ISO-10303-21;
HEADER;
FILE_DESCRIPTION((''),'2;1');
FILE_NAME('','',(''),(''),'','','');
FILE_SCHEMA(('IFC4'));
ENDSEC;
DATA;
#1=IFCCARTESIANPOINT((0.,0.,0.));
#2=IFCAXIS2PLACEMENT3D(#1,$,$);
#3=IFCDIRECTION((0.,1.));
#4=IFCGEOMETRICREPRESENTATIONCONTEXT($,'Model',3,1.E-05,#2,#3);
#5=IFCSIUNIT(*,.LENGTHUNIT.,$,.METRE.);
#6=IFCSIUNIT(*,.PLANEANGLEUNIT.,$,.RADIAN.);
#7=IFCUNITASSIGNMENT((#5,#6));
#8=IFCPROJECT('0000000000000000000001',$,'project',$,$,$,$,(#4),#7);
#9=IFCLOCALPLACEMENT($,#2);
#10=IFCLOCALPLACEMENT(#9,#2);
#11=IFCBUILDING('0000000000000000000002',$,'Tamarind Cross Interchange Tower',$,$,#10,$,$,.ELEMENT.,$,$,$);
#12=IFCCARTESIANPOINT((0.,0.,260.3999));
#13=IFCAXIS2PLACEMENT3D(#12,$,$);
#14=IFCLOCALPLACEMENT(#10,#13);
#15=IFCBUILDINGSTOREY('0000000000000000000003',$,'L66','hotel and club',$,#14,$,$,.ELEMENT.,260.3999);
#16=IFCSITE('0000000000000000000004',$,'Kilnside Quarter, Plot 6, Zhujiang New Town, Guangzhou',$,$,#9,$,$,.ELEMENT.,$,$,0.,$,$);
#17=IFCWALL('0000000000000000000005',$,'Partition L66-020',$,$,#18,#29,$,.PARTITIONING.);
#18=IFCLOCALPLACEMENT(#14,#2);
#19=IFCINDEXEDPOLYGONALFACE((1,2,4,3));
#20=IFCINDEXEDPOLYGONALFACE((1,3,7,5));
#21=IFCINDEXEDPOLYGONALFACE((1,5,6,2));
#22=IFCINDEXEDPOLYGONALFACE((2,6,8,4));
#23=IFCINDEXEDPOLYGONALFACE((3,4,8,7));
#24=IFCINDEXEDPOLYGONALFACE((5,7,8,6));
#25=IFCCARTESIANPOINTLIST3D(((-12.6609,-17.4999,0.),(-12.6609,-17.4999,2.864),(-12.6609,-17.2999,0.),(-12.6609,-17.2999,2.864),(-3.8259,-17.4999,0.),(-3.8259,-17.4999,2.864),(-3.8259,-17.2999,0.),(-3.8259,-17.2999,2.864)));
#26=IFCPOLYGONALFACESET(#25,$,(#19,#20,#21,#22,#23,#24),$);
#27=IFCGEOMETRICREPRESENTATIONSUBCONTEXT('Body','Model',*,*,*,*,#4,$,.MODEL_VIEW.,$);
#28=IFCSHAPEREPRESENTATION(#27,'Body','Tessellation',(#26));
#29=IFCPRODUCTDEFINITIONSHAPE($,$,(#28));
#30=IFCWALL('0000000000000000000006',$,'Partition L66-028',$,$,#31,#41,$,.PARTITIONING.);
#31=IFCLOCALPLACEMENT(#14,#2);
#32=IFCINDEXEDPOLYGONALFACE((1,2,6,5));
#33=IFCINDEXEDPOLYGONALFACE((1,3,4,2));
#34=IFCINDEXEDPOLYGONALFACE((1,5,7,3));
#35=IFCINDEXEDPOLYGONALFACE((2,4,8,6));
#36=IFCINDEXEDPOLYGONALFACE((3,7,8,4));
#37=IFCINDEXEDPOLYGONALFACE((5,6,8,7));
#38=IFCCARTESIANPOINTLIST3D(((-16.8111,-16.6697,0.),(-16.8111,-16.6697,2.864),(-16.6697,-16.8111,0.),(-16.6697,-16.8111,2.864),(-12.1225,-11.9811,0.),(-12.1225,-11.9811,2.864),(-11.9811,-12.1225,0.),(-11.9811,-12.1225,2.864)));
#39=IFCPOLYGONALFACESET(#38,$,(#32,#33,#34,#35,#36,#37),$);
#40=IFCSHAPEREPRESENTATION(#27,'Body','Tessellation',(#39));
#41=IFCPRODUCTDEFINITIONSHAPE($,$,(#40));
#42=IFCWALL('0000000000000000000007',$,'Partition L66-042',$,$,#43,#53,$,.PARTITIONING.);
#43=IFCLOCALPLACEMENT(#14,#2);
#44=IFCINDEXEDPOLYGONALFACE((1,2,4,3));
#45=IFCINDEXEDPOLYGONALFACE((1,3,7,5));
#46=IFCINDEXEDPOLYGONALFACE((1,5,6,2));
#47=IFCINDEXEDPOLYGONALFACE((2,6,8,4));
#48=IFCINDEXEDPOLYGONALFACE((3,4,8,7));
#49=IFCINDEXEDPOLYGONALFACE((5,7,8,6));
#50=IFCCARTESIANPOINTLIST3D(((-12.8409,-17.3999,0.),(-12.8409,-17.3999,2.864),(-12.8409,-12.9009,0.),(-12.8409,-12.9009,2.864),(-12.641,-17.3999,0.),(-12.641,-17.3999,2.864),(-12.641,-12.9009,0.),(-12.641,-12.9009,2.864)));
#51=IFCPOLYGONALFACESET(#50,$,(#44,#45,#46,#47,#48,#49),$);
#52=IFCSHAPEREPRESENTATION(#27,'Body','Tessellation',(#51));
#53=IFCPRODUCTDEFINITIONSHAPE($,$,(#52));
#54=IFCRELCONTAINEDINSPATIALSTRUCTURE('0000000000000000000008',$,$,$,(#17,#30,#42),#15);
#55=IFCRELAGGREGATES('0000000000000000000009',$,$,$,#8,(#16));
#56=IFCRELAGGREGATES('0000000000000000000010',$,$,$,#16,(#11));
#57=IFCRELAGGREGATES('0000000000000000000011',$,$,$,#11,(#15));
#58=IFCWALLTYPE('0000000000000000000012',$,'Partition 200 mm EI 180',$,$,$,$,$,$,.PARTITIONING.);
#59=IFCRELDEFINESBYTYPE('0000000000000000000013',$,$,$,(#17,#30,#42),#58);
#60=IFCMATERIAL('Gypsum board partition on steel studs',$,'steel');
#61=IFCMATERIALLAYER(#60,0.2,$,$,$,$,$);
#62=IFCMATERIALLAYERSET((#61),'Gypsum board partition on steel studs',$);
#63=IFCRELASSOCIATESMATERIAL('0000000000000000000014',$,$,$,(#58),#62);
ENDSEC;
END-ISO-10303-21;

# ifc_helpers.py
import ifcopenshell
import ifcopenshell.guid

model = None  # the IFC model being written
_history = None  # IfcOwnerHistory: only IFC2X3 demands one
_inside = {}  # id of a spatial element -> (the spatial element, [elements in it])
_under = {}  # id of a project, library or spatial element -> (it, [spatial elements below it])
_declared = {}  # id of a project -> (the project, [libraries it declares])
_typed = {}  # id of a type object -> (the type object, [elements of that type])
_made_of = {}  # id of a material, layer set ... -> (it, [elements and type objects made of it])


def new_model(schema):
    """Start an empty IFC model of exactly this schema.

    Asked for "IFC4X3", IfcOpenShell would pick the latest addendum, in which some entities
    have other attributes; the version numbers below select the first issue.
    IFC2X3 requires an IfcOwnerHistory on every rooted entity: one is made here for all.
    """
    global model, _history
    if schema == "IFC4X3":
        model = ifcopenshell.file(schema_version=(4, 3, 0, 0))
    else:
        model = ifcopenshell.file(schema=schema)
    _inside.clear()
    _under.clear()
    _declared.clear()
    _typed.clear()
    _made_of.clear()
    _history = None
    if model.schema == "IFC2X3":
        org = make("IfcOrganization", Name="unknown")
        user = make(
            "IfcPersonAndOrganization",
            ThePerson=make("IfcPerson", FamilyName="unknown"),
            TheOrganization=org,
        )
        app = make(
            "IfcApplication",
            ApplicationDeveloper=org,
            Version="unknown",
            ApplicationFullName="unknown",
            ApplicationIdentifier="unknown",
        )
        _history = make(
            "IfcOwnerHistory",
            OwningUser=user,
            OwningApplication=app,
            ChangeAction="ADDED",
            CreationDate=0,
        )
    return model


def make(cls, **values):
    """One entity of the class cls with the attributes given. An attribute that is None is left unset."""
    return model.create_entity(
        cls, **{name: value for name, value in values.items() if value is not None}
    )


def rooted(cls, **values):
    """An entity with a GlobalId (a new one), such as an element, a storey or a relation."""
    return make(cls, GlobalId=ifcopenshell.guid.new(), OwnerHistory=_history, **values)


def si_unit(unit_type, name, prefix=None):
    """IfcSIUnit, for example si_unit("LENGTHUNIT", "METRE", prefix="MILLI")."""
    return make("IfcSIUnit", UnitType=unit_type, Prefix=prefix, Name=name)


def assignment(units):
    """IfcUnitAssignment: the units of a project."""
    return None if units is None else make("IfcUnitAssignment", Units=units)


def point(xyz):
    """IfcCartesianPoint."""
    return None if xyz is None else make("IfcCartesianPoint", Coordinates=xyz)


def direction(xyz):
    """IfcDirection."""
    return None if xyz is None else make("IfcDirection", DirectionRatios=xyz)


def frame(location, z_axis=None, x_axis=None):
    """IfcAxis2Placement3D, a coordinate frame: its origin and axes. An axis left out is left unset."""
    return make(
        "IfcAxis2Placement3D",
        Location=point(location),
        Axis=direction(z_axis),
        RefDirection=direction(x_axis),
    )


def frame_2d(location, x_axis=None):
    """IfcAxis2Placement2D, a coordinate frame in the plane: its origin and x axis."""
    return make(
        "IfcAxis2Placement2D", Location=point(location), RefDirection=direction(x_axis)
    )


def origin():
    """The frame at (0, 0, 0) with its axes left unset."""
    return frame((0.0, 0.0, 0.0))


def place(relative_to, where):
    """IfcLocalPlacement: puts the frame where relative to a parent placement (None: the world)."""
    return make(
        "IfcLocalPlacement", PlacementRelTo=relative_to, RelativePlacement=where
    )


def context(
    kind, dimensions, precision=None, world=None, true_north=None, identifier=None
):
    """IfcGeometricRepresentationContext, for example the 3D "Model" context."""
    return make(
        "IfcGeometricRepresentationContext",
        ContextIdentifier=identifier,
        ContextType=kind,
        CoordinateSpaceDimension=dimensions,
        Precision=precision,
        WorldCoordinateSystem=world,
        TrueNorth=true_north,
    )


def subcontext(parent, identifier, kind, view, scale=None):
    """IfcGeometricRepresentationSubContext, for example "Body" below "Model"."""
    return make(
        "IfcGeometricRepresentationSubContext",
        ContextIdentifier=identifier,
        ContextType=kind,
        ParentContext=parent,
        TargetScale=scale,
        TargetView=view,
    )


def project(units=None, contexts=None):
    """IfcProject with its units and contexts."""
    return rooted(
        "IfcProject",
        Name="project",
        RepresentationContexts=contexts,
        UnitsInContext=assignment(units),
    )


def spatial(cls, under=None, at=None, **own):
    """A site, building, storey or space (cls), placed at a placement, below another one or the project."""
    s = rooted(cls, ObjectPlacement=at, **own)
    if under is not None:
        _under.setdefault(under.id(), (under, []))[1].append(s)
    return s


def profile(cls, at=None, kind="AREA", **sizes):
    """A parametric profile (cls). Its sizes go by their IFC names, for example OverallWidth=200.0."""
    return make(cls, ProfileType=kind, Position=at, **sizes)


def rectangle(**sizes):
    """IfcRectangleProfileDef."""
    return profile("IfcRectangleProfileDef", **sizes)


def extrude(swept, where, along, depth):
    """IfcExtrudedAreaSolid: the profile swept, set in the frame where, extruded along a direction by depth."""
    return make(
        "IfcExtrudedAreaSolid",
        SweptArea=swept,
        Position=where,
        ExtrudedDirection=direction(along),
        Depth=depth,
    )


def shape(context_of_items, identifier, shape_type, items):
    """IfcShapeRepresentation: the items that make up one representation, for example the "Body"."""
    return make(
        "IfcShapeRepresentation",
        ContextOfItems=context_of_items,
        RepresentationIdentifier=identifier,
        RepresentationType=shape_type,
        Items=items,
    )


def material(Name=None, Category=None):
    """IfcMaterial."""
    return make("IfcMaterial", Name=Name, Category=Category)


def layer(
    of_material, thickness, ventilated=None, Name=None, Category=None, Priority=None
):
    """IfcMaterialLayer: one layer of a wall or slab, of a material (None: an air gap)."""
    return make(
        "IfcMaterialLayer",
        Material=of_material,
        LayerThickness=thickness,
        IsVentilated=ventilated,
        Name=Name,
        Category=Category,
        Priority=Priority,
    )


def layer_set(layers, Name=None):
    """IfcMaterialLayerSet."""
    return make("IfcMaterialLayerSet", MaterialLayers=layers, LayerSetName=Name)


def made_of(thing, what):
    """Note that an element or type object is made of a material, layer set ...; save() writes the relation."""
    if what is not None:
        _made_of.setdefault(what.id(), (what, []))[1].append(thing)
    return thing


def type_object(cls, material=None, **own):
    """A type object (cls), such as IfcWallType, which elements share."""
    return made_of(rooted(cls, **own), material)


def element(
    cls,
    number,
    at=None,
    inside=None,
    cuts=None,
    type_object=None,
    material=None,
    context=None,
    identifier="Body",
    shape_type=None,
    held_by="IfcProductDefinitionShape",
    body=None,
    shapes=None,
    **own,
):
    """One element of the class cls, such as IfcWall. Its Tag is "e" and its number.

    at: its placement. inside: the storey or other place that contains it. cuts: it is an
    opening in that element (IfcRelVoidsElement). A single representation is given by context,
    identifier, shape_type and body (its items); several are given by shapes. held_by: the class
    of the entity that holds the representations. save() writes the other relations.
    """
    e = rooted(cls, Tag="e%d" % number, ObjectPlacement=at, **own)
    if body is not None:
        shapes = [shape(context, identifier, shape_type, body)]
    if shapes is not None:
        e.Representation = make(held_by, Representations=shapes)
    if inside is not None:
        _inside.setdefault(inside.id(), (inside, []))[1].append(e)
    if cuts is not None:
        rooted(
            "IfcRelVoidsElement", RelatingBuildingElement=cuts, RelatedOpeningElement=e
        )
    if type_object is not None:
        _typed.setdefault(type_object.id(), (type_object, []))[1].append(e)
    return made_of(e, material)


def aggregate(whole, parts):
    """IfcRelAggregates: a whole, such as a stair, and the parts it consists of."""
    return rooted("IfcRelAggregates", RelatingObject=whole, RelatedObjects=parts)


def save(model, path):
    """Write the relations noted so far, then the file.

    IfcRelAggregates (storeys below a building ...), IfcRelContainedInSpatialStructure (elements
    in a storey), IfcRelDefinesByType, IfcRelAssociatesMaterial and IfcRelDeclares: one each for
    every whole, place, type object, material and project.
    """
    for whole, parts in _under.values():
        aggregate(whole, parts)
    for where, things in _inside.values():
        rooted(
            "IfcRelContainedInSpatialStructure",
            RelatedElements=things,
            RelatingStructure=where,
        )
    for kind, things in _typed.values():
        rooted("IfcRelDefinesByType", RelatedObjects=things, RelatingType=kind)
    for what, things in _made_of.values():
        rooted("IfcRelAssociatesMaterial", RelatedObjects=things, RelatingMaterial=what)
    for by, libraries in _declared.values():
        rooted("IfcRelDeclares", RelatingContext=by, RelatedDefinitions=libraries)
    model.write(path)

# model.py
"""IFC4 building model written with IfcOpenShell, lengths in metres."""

from ifc_helpers import new_model, si_unit, direction, frame, frame_2d, origin, place, context, subcontext, project, spatial, rectangle, extrude, material, layer, layer_set, type_object, element, save


model = new_model("IFC4")

# Units and contexts
model_context = context("Model", 3, precision=1e-05, world=origin(), true_north=direction((0.0, 1.0)))
body_context = subcontext(model_context, "Body", "Model", "MODEL_VIEW")
ifc_project = project(units=[si_unit("LENGTHUNIT", "METRE"), si_unit("PLANEANGLEUNIT", "RADIAN")], contexts=[model_context])

# Site, building, storey
site_placement = place(None, origin())
site = spatial("IfcSite", under=ifc_project, at=site_placement, Name="Kilnside Quarter, Plot 6, Zhujiang New Town, Guangzhou", CompositionType="ELEMENT", RefElevation=0.0)
building_placement = place(site_placement, origin())
building = spatial("IfcBuilding", under=site, at=building_placement, Name="Tamarind Cross Interchange Tower", CompositionType="ELEMENT")
storey_placement = place(building_placement, frame((0.0, 0.0, 260.3999)))
storey = spatial("IfcBuildingStorey", under=building, at=storey_placement, Name="L66", Description="hotel and club", CompositionType="ELEMENT", Elevation=260.3999)

# Shared definitions
ifc_material_1 = material(Name="Gypsum board partition on steel studs", Category="steel")
ifc_layer_1 = layer(ifc_material_1, 0.2)
ifc_layer_set_1 = layer_set([ifc_layer_1], Name="Gypsum board partition on steel studs")
wall_type = type_object("IfcWallType", Name="Partition 200 mm EI 180", PredefinedType="PARTITIONING", material=ifc_layer_set_1)

# Walls
wall_1_placement = place(storey_placement, frame((-12.6609, -17.3999, 0.0), z_axis=(0.0, 0.0, 1.0), x_axis=(1.0, 0.0, 0.0)))
element("IfcWall", 1, at=wall_1_placement, inside=storey, type_object=wall_type, Name="Partition L66-020", PredefinedType="PARTITIONING", context=body_context, shape_type="SweptSolid", body=[
    extrude(rectangle(XDim=8.835, YDim=0.2, at=frame_2d((4.4175, 0.0))), origin(), (0.0, 0.0, 1.0), 2.864),
])
wall_2_placement = place(storey_placement, frame((-16.7405, -16.7405, 0.0), z_axis=(0.0, 0.0, 1.0), x_axis=(0.707107, 0.707107, 0.0)))
element("IfcWall", 2, at=wall_2_placement, inside=storey, type_object=wall_type, Name="Partition L66-028", PredefinedType="PARTITIONING", context=body_context, shape_type="SweptSolid", body=[
    extrude(rectangle(XDim=6.6306, YDim=0.2, at=frame_2d((3.3154, 0.0))), origin(), (0.0, 0.0, 1.0), 2.864),
])
wall_3_placement = place(storey_placement, frame((-12.741, -17.3999, 0.0), z_axis=(0.0, 0.0, 1.0), x_axis=(0.0, 1.0, 0.0)))
element("IfcWall", 3, at=wall_3_placement, inside=storey, type_object=wall_type, Name="Partition L66-042", PredefinedType="PARTITIONING", context=body_context, shape_type="SweptSolid", body=[
    extrude(rectangle(XDim=4.499, YDim=0.2, at=frame_2d((2.2495, 0.0))), origin(), (0.0, 0.0, 1.0), 2.864),
])

save(model, "model.ifc")
